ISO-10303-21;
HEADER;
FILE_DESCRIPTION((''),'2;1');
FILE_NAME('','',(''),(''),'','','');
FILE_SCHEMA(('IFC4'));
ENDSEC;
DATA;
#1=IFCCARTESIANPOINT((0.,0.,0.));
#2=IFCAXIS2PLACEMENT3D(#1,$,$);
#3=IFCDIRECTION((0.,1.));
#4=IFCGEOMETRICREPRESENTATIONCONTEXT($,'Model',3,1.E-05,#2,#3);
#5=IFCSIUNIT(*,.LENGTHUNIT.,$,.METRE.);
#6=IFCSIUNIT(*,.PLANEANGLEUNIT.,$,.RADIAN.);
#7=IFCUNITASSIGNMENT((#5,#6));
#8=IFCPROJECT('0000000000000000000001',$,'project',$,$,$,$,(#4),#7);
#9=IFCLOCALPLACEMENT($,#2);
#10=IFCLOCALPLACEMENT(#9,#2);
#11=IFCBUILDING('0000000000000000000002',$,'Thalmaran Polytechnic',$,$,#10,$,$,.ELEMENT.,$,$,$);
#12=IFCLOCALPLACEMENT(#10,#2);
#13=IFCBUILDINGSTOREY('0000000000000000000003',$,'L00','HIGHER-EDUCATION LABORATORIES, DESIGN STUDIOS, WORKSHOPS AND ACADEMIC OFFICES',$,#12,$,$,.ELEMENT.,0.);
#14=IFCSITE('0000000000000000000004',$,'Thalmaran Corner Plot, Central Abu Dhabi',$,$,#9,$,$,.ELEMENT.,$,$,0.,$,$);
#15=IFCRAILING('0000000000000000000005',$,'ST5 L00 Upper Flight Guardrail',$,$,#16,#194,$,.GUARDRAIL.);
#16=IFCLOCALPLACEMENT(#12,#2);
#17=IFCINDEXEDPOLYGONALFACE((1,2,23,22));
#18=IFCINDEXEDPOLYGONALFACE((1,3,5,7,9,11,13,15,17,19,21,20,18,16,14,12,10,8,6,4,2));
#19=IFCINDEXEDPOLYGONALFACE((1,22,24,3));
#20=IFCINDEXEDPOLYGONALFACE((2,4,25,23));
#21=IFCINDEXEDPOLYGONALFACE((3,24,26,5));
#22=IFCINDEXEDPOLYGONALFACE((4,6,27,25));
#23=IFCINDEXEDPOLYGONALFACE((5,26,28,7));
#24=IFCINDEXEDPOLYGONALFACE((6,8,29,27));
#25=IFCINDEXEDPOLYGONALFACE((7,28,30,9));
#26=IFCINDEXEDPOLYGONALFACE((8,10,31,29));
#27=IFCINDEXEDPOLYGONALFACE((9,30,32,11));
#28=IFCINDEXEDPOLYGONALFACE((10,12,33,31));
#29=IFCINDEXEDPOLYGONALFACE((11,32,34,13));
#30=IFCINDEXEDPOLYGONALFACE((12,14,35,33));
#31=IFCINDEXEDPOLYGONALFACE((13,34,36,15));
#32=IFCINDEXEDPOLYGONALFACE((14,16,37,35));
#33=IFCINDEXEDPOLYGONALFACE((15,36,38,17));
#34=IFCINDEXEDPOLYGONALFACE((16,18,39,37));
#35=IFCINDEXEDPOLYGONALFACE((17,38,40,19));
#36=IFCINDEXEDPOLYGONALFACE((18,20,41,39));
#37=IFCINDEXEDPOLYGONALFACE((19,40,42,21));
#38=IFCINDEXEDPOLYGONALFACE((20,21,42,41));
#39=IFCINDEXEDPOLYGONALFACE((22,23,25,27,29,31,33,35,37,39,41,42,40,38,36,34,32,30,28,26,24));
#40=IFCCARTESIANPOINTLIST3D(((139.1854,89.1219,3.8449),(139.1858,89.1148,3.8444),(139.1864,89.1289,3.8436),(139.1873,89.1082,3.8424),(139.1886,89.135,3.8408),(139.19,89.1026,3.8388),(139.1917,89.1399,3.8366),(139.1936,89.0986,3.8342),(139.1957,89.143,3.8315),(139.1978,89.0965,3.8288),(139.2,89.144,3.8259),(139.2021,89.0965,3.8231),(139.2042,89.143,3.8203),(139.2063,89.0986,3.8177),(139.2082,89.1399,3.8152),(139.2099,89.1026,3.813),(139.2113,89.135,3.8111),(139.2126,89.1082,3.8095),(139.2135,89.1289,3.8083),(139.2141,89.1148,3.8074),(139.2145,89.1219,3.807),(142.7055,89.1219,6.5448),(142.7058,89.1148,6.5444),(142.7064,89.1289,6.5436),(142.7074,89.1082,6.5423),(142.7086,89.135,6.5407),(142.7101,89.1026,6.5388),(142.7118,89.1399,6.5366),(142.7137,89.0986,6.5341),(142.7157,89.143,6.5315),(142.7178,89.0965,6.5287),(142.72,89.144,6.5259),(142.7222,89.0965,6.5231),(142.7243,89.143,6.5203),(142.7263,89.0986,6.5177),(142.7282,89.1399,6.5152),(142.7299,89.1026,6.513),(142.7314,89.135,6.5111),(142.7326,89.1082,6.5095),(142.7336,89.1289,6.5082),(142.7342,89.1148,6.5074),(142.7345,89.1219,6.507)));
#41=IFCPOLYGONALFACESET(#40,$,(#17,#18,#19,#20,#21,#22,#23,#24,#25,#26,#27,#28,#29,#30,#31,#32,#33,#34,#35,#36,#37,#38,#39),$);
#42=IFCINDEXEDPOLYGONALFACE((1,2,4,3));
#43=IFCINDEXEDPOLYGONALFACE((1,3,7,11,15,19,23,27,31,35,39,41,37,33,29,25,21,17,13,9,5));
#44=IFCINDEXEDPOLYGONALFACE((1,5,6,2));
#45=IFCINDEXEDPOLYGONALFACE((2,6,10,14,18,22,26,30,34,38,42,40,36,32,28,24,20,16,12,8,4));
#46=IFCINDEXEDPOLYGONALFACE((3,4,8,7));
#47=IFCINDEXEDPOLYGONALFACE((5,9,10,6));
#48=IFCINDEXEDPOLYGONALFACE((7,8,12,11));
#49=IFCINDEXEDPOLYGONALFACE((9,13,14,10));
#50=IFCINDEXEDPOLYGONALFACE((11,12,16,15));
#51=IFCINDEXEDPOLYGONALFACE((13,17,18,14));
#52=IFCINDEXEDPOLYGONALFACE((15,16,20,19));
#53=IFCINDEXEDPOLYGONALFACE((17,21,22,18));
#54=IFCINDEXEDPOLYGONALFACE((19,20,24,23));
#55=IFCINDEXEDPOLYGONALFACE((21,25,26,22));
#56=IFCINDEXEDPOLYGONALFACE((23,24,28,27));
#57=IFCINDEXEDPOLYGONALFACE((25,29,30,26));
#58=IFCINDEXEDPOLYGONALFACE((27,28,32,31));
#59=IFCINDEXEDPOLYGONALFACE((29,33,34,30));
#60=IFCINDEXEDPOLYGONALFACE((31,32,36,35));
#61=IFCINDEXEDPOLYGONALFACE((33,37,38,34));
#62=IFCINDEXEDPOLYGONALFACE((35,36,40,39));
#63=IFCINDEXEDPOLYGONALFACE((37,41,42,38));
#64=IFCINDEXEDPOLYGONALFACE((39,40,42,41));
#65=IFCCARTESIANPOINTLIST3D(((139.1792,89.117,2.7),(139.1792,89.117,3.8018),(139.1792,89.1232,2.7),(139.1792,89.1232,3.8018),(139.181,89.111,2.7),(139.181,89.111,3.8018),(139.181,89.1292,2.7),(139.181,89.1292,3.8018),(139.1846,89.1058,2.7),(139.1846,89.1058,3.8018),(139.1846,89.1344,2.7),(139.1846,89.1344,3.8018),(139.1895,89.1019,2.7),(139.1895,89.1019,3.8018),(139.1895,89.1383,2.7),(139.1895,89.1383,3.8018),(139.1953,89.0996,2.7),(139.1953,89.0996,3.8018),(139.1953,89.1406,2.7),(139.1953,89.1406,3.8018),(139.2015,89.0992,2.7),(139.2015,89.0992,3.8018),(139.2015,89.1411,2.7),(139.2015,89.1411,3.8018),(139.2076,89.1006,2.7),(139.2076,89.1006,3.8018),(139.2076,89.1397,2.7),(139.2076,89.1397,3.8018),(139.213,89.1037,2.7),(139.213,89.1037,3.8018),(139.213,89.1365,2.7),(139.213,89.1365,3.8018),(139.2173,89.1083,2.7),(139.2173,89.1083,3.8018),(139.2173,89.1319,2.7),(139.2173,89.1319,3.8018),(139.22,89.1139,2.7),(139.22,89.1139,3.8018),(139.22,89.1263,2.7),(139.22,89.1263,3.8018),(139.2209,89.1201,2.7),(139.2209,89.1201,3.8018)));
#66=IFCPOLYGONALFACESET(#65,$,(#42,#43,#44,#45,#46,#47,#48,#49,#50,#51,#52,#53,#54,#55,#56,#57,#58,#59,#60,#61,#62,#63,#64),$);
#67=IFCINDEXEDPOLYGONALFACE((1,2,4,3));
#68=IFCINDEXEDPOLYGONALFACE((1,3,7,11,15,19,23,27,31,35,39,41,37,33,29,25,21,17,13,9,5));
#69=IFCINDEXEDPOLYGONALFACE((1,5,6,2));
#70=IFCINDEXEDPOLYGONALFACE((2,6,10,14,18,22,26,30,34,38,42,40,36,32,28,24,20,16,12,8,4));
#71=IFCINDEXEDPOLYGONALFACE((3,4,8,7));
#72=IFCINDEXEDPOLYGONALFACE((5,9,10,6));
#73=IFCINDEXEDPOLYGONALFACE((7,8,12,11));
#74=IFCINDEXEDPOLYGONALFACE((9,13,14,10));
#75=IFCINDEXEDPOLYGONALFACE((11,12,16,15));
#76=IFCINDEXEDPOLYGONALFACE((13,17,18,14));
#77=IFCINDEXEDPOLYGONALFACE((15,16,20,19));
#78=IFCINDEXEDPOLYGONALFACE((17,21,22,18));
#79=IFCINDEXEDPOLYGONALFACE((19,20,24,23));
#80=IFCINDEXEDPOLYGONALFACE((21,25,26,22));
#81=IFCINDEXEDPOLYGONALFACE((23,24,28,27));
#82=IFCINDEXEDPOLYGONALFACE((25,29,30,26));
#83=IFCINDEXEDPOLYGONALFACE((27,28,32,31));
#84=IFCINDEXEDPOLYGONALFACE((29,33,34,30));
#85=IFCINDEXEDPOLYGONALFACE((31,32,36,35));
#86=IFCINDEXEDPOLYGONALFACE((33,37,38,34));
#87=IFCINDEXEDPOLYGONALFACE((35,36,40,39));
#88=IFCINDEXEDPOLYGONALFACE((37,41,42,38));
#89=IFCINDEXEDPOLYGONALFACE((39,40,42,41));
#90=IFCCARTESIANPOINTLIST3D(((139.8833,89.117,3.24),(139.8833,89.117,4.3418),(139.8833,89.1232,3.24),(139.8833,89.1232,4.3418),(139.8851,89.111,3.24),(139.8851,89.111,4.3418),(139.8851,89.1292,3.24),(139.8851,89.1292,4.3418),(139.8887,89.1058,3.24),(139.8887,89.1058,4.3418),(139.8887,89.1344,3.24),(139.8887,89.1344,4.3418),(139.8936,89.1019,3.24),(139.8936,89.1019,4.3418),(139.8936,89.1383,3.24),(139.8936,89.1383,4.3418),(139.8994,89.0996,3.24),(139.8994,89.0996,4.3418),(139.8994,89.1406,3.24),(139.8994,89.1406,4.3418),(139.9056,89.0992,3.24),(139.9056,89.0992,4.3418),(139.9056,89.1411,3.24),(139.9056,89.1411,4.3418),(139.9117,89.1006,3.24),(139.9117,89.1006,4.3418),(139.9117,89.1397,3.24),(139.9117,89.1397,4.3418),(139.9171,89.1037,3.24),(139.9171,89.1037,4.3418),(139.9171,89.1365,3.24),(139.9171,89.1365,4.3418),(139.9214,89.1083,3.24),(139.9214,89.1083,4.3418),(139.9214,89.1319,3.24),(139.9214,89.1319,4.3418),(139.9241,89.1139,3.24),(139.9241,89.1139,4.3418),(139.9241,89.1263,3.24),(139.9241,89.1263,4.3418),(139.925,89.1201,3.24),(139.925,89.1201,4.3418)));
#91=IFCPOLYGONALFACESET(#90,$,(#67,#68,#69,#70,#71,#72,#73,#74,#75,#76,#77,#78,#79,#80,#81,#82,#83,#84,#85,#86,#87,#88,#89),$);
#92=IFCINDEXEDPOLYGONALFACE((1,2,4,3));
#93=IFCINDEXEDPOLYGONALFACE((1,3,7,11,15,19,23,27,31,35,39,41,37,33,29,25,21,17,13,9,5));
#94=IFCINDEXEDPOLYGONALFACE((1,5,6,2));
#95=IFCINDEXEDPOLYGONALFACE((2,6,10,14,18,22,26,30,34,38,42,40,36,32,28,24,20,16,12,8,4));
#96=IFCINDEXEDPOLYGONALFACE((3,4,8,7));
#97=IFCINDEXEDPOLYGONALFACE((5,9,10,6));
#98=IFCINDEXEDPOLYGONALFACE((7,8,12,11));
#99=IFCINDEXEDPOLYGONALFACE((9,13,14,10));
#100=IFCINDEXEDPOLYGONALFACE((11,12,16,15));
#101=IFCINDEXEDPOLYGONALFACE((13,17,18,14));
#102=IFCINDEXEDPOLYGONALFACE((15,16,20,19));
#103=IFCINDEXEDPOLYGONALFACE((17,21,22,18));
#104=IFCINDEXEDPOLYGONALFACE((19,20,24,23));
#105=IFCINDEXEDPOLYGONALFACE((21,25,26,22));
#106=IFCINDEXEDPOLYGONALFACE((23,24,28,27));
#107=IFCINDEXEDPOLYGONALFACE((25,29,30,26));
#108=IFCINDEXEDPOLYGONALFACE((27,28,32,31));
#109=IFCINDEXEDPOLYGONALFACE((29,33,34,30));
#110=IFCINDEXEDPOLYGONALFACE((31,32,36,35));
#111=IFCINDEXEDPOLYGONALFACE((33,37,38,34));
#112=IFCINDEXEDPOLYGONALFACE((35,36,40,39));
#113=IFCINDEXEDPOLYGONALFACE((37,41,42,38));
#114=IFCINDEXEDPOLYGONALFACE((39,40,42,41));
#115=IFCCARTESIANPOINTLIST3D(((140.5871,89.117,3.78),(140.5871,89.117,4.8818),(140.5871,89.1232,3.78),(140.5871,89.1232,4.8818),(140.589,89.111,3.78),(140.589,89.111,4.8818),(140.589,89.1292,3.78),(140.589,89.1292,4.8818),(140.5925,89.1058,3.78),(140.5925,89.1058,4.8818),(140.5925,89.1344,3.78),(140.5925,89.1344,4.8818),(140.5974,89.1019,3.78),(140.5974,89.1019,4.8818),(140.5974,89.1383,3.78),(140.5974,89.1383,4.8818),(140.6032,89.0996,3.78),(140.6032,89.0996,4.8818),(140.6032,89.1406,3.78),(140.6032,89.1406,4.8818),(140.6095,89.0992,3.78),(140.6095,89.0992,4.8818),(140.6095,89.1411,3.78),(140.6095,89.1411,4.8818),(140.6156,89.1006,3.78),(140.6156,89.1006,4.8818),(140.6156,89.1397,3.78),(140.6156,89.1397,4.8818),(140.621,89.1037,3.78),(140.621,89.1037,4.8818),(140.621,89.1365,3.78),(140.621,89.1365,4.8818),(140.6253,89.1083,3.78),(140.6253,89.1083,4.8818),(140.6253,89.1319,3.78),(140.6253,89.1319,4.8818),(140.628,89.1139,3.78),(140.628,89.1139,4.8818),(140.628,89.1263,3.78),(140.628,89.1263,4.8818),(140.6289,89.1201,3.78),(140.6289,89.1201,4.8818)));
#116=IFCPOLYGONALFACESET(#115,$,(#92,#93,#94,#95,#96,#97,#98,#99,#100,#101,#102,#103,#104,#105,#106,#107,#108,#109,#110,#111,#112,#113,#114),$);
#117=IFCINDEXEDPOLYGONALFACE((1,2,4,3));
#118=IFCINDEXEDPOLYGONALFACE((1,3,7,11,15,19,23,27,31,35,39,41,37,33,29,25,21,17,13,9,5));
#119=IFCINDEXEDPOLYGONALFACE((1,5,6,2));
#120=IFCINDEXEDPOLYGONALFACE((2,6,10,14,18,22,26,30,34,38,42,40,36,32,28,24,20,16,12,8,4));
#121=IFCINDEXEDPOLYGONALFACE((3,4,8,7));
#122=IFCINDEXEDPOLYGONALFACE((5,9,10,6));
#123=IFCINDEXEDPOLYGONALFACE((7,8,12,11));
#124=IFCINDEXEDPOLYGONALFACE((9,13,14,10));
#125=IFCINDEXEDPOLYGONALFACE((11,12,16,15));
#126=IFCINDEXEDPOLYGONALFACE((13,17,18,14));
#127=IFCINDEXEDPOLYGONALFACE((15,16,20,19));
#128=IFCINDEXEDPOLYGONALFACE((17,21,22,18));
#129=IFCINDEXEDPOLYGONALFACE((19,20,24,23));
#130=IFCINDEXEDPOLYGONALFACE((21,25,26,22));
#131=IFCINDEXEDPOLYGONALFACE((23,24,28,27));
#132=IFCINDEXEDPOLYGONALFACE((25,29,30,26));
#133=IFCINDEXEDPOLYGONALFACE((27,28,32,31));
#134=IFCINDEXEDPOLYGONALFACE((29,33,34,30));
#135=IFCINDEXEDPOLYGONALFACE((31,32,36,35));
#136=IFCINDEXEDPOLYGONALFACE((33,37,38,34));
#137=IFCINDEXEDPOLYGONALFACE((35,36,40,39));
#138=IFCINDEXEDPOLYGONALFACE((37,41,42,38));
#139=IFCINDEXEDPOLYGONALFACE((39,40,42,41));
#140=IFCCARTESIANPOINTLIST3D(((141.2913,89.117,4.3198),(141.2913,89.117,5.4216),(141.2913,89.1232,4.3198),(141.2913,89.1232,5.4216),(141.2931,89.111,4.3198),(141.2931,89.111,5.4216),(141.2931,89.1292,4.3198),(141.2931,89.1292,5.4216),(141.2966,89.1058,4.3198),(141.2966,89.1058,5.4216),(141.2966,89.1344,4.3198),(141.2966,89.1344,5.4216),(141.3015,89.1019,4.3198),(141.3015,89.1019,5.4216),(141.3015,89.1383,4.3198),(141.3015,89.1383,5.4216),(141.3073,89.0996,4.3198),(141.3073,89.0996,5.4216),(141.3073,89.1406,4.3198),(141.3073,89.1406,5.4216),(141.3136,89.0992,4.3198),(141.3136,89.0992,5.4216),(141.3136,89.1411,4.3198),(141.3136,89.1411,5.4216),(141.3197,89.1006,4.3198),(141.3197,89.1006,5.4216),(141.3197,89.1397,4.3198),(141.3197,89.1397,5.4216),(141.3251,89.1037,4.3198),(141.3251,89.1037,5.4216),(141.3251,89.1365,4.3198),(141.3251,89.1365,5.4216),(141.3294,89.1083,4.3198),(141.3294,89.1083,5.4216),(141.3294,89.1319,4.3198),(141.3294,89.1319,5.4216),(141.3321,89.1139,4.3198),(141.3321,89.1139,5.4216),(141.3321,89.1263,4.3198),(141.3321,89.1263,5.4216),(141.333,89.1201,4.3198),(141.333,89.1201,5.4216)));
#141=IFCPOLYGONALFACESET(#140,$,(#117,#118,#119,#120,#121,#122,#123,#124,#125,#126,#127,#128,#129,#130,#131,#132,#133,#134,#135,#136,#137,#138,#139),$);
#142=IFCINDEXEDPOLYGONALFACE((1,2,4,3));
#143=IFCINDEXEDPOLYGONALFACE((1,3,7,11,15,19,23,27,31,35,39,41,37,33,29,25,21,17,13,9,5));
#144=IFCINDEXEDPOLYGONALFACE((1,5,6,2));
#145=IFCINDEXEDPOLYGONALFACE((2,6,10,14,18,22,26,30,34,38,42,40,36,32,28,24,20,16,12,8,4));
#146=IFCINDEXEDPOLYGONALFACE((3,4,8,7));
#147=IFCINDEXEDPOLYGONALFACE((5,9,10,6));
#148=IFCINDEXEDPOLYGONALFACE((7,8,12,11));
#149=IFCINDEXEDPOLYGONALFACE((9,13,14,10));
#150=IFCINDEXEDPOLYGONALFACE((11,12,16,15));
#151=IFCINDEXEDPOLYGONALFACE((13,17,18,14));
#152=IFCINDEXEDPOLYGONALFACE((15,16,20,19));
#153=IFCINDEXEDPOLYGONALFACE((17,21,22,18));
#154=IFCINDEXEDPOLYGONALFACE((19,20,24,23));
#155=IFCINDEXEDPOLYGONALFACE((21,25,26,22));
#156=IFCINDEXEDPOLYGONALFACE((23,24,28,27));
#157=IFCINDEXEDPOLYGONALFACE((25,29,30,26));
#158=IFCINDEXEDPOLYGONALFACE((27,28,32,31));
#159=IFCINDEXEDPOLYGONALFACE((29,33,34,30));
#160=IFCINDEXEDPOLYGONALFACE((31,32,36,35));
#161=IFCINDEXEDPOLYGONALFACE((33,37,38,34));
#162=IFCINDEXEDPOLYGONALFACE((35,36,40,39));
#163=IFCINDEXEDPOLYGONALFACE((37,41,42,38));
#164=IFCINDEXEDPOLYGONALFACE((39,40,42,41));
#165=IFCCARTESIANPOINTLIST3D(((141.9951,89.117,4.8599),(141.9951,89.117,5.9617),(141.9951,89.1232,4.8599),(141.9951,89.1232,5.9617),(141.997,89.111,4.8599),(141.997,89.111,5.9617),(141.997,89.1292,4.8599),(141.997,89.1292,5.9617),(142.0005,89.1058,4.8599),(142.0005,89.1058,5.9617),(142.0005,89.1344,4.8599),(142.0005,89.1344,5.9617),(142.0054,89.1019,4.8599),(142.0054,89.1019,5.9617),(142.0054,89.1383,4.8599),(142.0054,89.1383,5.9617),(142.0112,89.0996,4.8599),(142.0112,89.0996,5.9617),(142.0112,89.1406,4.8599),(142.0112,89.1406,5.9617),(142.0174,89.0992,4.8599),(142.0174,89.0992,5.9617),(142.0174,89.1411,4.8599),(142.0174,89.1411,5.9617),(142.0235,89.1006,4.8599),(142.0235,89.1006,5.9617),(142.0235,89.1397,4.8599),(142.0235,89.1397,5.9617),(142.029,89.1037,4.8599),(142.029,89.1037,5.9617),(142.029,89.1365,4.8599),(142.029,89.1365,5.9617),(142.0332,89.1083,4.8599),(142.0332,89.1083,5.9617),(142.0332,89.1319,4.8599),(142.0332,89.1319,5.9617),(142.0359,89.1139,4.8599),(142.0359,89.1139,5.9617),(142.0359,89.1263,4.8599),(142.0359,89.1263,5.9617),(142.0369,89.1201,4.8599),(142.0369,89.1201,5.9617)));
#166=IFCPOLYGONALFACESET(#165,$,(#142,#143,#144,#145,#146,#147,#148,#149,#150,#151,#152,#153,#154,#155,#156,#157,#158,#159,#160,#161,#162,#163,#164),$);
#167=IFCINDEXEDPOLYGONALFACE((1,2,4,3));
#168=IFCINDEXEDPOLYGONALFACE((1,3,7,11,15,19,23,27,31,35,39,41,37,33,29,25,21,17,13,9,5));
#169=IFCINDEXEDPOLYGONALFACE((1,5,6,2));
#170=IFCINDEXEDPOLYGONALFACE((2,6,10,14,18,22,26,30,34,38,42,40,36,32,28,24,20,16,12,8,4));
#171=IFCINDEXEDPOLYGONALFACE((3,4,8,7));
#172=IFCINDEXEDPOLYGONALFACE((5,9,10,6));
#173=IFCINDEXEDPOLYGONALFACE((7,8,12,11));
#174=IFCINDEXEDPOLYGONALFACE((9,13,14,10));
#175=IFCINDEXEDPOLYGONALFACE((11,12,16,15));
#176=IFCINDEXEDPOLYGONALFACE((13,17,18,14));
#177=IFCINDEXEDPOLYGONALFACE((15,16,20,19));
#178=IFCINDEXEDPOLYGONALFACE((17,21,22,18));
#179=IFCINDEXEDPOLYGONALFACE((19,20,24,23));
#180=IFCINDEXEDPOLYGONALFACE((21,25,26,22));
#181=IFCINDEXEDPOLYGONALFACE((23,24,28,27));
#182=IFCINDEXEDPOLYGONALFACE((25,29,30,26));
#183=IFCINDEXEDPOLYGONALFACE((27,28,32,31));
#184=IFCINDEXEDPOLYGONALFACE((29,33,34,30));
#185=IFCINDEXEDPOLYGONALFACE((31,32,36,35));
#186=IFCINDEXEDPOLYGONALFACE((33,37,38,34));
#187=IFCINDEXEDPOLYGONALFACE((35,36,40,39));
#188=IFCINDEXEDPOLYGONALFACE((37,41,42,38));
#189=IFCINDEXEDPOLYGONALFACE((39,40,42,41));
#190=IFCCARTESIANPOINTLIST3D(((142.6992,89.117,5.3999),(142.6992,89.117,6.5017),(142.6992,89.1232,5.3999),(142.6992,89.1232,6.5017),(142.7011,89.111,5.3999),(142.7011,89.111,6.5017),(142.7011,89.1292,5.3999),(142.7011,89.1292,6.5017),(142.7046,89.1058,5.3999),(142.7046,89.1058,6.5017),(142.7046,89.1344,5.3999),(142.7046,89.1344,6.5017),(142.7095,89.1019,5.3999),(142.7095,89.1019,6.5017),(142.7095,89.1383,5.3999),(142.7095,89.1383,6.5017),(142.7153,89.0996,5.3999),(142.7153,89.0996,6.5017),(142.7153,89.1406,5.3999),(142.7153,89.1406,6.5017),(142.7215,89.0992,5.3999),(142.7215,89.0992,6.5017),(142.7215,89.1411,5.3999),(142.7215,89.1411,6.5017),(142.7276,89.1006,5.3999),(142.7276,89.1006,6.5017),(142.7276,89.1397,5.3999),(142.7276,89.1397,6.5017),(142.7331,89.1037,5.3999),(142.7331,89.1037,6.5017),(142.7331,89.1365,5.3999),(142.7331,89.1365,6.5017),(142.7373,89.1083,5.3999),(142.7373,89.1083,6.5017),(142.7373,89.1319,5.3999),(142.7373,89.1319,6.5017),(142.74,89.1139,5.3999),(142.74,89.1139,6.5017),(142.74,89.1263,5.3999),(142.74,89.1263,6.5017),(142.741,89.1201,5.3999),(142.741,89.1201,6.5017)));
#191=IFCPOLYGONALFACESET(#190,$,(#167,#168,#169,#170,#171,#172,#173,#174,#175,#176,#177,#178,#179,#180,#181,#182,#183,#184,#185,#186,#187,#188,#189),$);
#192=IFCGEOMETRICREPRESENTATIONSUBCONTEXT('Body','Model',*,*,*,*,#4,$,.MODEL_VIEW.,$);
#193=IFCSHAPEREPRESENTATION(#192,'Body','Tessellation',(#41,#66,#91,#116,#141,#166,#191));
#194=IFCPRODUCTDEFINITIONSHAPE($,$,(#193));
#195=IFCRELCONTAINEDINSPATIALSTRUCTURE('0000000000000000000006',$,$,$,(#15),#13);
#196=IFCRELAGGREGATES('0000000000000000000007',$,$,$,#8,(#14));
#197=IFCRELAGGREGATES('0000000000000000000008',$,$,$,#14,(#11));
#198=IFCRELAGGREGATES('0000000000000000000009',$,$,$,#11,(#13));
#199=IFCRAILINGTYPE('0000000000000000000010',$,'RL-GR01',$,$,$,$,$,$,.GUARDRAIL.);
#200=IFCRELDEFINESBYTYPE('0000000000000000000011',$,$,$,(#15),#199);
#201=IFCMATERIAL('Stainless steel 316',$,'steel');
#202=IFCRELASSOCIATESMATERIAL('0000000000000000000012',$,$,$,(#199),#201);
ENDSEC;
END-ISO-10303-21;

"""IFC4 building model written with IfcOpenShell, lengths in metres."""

from ifc_helpers import new_model, si_unit, direction, frame, origin, origin_2d, place, context, subcontext, project, spatial, circle, extrude, material, type_object, element, save


model = new_model("IFC4")

# Units and contexts
model_context = context("Model", 3, precision=1e-05, world=origin(), true_north=direction((0.0, 1.0)))
body_context = subcontext(model_context, "Body", "Model", "MODEL_VIEW")
ifc_project = project(units=[si_unit("LENGTHUNIT", "METRE"), si_unit("PLANEANGLEUNIT", "RADIAN")], contexts=[model_context])

# Site, building, storey
site_placement = place(None, origin())
site = spatial("IfcSite", under=ifc_project, at=site_placement, Name="Thalmaran Corner Plot, Central Abu Dhabi", CompositionType="ELEMENT", RefElevation=0.0)
building_placement = place(site_placement, origin())
building = spatial("IfcBuilding", under=site, at=building_placement, Name="Thalmaran Polytechnic", CompositionType="ELEMENT")
storey_placement = place(building_placement, origin())
storey = spatial("IfcBuildingStorey", under=building, at=storey_placement, Name="L00", Description="HIGHER-EDUCATION LABORATORIES, DESIGN STUDIOS, WORKSHOPS AND ACADEMIC OFFICES", CompositionType="ELEMENT", Elevation=0.0)

# Railing
ifc_material_1 = material(Name="Stainless steel 316", Category="steel")
railing_type_1 = type_object("IfcRailingType", Name="RL-GR01", PredefinedType="GUARDRAIL", material=ifc_material_1)
railing_1_placement = place(storey_placement, frame((139.2, 89.1201, 2.7)))
element("IfcRailing", 1, at=railing_1_placement, inside=storey, type_object=railing_type_1, Name="ST5 L00 Upper Flight Guardrail", PredefinedType="GUARDRAIL", context=body_context, shape_type="SweptSolid", body=[
    extrude(circle(Radius=0.0239, at=origin_2d()), frame((0.0, 0.0, 1.126), z_axis=(0.793468, 0.0, 0.608612), x_axis=(0.0, 1.0, 0.0)), (0.0, 0.0, 1.0), 4.4363),
    extrude(circle(Radius=0.021, at=origin_2d()), origin(), (0.0, 0.0, 1.0), 1.1018),
    extrude(circle(Radius=0.021, at=origin_2d()), frame((0.7041, 0.0, 0.54)), (0.0, 0.0, 1.0), 1.1018),
    extrude(circle(Radius=0.021, at=origin_2d()), frame((1.408, 0.0, 1.0801)), (0.0, 0.0, 1.0), 1.1018),
    extrude(circle(Radius=0.021, at=origin_2d()), frame((2.1121, 0.0, 1.6199)), (0.0, 0.0, 1.0), 1.1018),
    extrude(circle(Radius=0.021, at=origin_2d()), frame((2.8159, 0.0, 2.1599)), (0.0, 0.0, 1.0), 1.1018),
    extrude(circle(Radius=0.021, at=origin_2d()), frame((3.52, 0.0, 2.7)), (0.0, 0.0, 1.0), 1.1018),
])

save(model, "model.ifc")
